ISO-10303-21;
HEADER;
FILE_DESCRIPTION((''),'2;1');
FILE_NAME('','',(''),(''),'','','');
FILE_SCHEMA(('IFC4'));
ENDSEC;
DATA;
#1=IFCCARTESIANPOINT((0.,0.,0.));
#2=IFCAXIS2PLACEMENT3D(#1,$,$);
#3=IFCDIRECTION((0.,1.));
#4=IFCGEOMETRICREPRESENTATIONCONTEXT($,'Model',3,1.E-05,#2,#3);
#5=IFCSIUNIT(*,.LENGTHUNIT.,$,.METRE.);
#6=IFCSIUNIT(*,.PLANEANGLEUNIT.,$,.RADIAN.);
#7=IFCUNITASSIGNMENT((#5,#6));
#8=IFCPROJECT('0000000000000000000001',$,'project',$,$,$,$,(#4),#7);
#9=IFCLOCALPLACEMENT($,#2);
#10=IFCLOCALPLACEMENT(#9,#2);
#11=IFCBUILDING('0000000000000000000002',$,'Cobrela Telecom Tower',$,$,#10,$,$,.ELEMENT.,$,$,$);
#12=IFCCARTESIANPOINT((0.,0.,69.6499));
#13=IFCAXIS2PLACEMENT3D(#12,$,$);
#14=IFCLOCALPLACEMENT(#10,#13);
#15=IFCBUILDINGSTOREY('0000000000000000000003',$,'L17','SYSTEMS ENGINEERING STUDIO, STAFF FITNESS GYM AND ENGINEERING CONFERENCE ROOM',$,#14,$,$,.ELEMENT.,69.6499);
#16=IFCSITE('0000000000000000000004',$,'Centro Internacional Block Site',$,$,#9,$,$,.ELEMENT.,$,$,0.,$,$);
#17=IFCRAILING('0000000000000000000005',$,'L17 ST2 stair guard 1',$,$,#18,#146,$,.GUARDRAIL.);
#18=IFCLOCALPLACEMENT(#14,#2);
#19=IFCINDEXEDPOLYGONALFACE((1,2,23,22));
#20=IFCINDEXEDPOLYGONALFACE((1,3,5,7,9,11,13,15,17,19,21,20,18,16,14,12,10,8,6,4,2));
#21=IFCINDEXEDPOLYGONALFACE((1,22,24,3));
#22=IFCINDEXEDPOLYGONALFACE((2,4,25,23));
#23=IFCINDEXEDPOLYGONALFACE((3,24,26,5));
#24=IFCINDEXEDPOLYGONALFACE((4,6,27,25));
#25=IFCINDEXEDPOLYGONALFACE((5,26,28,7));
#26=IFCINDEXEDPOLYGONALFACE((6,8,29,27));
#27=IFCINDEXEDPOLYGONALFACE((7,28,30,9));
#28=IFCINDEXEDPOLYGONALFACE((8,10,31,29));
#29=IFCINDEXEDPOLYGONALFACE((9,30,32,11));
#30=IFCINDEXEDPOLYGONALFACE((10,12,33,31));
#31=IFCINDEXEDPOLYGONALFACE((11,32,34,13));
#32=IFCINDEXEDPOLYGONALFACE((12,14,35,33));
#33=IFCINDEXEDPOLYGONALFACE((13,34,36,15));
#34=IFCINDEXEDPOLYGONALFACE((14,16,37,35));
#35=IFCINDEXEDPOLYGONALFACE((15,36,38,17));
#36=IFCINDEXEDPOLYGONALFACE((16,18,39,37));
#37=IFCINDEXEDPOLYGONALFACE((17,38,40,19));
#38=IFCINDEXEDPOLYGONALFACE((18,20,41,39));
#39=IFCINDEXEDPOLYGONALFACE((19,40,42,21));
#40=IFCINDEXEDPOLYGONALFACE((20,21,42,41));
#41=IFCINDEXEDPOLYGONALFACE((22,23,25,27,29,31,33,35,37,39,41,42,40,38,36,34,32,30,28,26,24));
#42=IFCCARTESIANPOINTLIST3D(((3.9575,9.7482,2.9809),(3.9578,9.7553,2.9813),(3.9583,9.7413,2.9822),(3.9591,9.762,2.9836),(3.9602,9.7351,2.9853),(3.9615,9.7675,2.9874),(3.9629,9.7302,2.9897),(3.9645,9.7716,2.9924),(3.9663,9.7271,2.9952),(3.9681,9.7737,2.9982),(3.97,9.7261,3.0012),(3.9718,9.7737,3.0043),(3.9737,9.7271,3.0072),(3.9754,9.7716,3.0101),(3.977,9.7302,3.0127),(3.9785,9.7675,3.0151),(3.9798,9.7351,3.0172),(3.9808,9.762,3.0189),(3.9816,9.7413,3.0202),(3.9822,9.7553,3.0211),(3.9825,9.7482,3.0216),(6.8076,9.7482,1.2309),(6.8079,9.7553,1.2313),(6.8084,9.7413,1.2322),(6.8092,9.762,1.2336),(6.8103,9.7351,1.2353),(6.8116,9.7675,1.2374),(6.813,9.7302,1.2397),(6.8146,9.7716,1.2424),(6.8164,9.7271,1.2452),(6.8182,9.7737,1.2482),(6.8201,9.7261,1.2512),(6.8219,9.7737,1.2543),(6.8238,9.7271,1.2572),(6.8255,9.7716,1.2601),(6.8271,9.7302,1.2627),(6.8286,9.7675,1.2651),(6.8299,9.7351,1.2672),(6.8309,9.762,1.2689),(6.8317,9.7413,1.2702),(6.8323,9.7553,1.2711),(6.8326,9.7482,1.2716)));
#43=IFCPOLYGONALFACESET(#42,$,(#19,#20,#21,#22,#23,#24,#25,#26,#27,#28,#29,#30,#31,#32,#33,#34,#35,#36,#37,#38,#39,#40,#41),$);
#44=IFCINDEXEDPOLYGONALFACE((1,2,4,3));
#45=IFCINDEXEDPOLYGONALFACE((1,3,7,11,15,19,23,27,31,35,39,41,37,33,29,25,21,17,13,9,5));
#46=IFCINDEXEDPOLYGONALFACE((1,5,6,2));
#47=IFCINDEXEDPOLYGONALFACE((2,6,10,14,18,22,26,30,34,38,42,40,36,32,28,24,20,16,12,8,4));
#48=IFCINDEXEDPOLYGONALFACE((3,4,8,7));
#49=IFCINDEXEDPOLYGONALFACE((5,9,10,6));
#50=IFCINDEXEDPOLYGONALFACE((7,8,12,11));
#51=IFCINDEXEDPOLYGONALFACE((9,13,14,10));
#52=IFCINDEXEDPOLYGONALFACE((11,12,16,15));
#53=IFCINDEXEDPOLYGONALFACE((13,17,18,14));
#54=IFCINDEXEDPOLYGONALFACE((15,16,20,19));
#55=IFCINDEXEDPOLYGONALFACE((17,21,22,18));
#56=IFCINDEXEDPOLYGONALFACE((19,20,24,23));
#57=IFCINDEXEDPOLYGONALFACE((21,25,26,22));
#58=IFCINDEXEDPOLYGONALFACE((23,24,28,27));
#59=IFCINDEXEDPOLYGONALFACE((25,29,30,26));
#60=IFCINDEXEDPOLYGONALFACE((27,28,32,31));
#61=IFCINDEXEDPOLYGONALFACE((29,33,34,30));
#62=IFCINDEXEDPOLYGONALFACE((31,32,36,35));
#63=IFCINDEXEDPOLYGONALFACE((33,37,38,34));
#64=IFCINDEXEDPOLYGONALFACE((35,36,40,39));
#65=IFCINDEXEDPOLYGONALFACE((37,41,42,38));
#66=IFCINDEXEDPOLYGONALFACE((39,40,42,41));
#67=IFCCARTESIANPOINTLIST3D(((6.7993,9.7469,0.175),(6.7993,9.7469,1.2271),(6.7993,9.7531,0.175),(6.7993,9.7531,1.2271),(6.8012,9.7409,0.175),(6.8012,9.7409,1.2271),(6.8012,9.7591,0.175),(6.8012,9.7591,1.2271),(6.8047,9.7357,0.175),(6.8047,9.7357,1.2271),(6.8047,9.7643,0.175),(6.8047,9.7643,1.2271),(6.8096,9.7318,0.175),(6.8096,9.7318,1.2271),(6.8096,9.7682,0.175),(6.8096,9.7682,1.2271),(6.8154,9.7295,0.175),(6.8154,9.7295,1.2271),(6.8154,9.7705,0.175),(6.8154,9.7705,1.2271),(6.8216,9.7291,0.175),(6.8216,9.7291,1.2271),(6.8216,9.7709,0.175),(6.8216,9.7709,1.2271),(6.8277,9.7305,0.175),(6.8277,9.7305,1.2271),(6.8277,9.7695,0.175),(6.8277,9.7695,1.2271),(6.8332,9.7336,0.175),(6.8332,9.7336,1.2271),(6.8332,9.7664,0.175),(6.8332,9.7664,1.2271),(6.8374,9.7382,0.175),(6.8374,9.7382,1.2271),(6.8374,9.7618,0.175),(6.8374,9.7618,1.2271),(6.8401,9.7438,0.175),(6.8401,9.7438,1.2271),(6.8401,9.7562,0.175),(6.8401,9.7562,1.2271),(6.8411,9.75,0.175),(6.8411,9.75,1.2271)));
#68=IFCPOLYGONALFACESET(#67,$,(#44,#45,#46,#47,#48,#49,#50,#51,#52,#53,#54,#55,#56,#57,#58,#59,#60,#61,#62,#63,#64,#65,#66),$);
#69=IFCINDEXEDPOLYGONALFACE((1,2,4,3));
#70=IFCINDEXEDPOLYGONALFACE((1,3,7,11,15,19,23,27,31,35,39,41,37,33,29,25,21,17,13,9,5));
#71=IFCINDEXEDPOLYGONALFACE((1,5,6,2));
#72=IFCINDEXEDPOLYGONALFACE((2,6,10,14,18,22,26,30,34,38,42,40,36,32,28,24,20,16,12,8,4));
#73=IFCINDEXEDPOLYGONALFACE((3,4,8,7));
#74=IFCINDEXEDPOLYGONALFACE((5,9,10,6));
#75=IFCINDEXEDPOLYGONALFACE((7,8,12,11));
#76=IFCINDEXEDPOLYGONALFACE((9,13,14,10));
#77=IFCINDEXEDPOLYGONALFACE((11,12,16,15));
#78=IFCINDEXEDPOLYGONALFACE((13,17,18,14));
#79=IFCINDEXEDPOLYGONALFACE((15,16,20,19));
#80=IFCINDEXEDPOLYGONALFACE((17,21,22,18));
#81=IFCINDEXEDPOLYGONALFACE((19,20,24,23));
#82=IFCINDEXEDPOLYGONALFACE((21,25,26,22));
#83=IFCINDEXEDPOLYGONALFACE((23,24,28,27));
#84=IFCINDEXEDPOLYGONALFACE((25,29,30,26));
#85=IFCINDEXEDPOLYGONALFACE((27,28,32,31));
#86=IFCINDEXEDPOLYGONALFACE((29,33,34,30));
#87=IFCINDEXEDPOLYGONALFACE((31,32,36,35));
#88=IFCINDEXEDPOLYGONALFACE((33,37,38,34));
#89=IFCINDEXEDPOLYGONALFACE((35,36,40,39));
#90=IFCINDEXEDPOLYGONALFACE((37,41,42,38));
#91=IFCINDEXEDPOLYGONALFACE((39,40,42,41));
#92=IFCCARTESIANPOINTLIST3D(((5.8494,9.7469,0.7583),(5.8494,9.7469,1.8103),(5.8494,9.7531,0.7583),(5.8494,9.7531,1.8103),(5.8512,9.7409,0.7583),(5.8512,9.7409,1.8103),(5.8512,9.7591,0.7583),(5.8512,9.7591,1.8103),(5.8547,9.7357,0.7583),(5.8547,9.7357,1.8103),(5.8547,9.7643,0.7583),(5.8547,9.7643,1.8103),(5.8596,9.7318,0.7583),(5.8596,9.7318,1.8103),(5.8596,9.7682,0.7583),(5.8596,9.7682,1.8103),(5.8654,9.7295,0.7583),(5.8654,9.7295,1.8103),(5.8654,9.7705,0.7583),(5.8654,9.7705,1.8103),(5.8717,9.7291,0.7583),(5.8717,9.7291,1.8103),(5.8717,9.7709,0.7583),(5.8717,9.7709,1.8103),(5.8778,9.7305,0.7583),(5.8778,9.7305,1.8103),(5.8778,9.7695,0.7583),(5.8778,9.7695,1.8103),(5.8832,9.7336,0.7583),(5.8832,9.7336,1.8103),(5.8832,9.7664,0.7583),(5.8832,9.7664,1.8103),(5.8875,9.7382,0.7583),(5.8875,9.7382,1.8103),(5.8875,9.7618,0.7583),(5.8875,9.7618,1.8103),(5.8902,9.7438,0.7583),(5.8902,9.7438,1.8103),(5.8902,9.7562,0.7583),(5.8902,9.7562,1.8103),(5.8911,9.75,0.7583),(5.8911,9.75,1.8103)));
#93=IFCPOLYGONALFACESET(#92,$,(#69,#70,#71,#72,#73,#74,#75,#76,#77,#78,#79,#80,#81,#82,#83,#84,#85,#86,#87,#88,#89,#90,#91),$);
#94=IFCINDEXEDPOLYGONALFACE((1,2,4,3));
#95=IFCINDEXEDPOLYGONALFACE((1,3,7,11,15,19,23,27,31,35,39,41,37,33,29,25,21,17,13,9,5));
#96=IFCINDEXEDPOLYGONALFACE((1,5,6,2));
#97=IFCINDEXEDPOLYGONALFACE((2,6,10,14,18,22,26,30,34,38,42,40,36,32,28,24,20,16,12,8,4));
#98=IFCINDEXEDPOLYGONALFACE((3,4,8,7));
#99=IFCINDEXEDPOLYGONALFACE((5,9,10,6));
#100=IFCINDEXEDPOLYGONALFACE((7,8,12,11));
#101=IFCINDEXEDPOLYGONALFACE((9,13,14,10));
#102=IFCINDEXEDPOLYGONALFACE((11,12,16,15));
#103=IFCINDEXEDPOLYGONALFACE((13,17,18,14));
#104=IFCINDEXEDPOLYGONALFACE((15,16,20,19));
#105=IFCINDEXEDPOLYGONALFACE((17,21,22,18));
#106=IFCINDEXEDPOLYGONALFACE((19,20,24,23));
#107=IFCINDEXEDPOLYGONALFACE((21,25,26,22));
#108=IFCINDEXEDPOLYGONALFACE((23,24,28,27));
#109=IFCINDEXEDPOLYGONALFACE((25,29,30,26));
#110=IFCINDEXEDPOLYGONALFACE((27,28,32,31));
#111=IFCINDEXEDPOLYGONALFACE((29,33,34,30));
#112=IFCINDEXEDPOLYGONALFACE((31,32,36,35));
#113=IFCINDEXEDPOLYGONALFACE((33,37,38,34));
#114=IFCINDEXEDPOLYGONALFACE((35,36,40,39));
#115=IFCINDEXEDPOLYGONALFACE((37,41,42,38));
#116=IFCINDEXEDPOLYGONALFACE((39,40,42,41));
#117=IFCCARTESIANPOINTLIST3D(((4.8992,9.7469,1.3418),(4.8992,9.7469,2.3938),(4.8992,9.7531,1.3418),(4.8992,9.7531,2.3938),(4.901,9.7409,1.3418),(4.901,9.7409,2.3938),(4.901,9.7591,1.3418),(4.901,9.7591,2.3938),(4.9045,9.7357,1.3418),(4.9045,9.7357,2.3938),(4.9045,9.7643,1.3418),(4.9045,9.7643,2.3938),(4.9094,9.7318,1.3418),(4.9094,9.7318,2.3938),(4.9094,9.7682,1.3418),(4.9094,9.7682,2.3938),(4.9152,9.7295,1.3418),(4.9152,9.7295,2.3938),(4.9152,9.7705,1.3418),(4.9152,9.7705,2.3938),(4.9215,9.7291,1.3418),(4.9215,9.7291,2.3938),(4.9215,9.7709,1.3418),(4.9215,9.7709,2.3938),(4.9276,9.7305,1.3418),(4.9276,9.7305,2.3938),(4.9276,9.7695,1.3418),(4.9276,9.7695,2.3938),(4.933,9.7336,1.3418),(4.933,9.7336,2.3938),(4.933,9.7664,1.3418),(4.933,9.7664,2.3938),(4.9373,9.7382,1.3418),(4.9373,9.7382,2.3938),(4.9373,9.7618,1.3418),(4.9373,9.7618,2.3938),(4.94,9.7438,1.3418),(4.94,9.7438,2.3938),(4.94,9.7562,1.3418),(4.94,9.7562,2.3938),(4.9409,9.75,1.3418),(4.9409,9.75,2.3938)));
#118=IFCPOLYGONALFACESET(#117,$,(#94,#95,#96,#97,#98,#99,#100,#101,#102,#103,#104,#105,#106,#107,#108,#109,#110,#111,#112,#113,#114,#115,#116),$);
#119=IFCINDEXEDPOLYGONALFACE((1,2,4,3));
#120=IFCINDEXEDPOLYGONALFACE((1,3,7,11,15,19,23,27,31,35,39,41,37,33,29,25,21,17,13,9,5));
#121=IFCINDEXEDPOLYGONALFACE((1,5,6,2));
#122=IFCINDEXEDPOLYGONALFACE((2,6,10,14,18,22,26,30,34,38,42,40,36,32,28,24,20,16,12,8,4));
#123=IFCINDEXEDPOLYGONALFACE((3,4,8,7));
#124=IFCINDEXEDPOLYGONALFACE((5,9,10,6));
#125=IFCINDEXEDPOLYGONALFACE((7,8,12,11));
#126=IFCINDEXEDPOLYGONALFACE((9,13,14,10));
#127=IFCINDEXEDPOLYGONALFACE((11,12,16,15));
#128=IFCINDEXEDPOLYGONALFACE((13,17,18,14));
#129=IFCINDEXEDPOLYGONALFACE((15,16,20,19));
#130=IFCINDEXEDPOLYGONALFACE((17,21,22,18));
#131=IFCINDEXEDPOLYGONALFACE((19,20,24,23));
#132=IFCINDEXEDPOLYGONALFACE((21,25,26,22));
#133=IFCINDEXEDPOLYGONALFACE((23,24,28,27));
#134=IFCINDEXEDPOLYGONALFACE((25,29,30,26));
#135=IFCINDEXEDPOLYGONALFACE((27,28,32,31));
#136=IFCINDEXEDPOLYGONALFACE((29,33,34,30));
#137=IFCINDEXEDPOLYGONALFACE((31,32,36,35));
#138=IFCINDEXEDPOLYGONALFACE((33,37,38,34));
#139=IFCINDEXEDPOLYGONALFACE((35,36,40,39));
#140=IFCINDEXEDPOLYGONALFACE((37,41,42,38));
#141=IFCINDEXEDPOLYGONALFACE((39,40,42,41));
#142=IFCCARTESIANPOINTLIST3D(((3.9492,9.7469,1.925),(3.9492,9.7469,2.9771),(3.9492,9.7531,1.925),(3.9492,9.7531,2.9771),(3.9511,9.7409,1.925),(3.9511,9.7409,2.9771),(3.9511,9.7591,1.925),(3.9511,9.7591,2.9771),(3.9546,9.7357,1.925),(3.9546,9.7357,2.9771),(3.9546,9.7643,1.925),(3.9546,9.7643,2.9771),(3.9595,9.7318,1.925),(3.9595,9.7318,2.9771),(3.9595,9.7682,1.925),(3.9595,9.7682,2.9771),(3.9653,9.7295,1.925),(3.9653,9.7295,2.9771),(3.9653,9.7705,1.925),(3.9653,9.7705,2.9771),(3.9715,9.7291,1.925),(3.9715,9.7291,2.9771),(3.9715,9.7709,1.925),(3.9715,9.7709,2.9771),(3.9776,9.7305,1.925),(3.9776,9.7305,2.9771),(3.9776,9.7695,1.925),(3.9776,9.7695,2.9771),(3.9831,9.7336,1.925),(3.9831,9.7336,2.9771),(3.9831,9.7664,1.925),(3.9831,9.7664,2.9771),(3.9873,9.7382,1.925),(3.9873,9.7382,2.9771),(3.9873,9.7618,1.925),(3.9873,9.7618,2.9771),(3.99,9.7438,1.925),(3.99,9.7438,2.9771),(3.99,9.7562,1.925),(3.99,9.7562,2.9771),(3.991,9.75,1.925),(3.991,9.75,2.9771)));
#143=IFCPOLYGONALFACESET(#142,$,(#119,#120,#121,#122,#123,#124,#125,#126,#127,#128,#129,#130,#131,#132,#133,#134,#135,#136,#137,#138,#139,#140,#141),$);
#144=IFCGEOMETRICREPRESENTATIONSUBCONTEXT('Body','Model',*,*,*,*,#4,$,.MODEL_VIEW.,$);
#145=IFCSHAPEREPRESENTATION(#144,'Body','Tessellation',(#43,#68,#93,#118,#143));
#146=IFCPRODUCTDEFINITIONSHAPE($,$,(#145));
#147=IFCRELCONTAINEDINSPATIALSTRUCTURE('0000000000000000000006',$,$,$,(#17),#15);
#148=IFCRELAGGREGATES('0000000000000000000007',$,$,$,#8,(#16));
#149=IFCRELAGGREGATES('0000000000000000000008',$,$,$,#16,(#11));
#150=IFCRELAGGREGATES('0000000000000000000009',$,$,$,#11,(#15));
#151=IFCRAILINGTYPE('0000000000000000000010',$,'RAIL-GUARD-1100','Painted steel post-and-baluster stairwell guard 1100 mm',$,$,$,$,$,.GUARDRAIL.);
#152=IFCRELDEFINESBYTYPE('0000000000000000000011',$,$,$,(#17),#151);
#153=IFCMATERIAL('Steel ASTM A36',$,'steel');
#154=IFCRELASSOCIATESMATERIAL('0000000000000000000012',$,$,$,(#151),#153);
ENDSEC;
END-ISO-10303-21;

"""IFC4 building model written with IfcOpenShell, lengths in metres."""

from ifc_helpers import new_model, si_unit, direction, frame, origin, origin_2d, place, context, subcontext, project, spatial, circle, extrude, material, type_object, element, save


model = new_model("IFC4")

# Units and contexts
model_context = context("Model", 3, precision=1e-05, world=origin(), true_north=direction((0.0, 1.0)))
body_context = subcontext(model_context, "Body", "Model", "MODEL_VIEW")
ifc_project = project(units=[si_unit("LENGTHUNIT", "METRE"), si_unit("PLANEANGLEUNIT", "RADIAN")], contexts=[model_context])

# Site, building, storey
site_placement = place(None, origin())
site = spatial("IfcSite", under=ifc_project, at=site_placement, Name="Centro Internacional Block Site", CompositionType="ELEMENT", RefElevation=0.0)
building_placement = place(site_placement, origin())
building = spatial("IfcBuilding", under=site, at=building_placement, Name="Cobrela Telecom Tower", CompositionType="ELEMENT")
storey_placement = place(building_placement, frame((0.0, 0.0, 69.6499)))
storey = spatial("IfcBuildingStorey", under=building, at=storey_placement, Name="L17", Description="SYSTEMS ENGINEERING STUDIO, STAFF FITNESS GYM AND ENGINEERING CONFERENCE ROOM", CompositionType="ELEMENT", Elevation=69.6499)

# Railing
ifc_material_1 = material(Name="Steel ASTM A36", Category="steel")
railing_type_1 = type_object("IfcRailingType", Name="RAIL-GUARD-1100", Description="Painted steel post-and-baluster stairwell guard 1100 mm", PredefinedType="GUARDRAIL", material=ifc_material_1)
railing_1_placement = place(storey_placement, frame((6.8201, 9.75, 0.175)))
element("IfcRailing", 1, at=railing_1_placement, inside=storey, type_object=railing_type_1, Name="L17 ST2 stair guard 1", PredefinedType="GUARDRAIL", context=body_context, shape_type="SweptSolid", body=[
    extrude(circle(Radius=0.0239, at=origin_2d()), frame((0.0, 0.0, 1.0762), z_axis=(-0.852179, 0.0, 0.52325), x_axis=(0.0, -1.0, 0.0)), (0.0, 0.0, 1.0), 3.3445),
    extrude(circle(Radius=0.021, at=origin_2d()), origin(), (0.0, 0.0, 1.0), 1.052),
    extrude(circle(Radius=0.021, at=origin_2d()), frame((-0.95, 0.0, 0.5833)), (0.0, 0.0, 1.0), 1.052),
    extrude(circle(Radius=0.021, at=origin_2d()), frame((-1.9001, 0.0, 1.1667)), (0.0, 0.0, 1.0), 1.052),
    extrude(circle(Radius=0.021, at=origin_2d()), frame((-2.8501, 0.0, 1.75)), (0.0, 0.0, 1.0), 1.052),
])

save(model, "model.ifc")
